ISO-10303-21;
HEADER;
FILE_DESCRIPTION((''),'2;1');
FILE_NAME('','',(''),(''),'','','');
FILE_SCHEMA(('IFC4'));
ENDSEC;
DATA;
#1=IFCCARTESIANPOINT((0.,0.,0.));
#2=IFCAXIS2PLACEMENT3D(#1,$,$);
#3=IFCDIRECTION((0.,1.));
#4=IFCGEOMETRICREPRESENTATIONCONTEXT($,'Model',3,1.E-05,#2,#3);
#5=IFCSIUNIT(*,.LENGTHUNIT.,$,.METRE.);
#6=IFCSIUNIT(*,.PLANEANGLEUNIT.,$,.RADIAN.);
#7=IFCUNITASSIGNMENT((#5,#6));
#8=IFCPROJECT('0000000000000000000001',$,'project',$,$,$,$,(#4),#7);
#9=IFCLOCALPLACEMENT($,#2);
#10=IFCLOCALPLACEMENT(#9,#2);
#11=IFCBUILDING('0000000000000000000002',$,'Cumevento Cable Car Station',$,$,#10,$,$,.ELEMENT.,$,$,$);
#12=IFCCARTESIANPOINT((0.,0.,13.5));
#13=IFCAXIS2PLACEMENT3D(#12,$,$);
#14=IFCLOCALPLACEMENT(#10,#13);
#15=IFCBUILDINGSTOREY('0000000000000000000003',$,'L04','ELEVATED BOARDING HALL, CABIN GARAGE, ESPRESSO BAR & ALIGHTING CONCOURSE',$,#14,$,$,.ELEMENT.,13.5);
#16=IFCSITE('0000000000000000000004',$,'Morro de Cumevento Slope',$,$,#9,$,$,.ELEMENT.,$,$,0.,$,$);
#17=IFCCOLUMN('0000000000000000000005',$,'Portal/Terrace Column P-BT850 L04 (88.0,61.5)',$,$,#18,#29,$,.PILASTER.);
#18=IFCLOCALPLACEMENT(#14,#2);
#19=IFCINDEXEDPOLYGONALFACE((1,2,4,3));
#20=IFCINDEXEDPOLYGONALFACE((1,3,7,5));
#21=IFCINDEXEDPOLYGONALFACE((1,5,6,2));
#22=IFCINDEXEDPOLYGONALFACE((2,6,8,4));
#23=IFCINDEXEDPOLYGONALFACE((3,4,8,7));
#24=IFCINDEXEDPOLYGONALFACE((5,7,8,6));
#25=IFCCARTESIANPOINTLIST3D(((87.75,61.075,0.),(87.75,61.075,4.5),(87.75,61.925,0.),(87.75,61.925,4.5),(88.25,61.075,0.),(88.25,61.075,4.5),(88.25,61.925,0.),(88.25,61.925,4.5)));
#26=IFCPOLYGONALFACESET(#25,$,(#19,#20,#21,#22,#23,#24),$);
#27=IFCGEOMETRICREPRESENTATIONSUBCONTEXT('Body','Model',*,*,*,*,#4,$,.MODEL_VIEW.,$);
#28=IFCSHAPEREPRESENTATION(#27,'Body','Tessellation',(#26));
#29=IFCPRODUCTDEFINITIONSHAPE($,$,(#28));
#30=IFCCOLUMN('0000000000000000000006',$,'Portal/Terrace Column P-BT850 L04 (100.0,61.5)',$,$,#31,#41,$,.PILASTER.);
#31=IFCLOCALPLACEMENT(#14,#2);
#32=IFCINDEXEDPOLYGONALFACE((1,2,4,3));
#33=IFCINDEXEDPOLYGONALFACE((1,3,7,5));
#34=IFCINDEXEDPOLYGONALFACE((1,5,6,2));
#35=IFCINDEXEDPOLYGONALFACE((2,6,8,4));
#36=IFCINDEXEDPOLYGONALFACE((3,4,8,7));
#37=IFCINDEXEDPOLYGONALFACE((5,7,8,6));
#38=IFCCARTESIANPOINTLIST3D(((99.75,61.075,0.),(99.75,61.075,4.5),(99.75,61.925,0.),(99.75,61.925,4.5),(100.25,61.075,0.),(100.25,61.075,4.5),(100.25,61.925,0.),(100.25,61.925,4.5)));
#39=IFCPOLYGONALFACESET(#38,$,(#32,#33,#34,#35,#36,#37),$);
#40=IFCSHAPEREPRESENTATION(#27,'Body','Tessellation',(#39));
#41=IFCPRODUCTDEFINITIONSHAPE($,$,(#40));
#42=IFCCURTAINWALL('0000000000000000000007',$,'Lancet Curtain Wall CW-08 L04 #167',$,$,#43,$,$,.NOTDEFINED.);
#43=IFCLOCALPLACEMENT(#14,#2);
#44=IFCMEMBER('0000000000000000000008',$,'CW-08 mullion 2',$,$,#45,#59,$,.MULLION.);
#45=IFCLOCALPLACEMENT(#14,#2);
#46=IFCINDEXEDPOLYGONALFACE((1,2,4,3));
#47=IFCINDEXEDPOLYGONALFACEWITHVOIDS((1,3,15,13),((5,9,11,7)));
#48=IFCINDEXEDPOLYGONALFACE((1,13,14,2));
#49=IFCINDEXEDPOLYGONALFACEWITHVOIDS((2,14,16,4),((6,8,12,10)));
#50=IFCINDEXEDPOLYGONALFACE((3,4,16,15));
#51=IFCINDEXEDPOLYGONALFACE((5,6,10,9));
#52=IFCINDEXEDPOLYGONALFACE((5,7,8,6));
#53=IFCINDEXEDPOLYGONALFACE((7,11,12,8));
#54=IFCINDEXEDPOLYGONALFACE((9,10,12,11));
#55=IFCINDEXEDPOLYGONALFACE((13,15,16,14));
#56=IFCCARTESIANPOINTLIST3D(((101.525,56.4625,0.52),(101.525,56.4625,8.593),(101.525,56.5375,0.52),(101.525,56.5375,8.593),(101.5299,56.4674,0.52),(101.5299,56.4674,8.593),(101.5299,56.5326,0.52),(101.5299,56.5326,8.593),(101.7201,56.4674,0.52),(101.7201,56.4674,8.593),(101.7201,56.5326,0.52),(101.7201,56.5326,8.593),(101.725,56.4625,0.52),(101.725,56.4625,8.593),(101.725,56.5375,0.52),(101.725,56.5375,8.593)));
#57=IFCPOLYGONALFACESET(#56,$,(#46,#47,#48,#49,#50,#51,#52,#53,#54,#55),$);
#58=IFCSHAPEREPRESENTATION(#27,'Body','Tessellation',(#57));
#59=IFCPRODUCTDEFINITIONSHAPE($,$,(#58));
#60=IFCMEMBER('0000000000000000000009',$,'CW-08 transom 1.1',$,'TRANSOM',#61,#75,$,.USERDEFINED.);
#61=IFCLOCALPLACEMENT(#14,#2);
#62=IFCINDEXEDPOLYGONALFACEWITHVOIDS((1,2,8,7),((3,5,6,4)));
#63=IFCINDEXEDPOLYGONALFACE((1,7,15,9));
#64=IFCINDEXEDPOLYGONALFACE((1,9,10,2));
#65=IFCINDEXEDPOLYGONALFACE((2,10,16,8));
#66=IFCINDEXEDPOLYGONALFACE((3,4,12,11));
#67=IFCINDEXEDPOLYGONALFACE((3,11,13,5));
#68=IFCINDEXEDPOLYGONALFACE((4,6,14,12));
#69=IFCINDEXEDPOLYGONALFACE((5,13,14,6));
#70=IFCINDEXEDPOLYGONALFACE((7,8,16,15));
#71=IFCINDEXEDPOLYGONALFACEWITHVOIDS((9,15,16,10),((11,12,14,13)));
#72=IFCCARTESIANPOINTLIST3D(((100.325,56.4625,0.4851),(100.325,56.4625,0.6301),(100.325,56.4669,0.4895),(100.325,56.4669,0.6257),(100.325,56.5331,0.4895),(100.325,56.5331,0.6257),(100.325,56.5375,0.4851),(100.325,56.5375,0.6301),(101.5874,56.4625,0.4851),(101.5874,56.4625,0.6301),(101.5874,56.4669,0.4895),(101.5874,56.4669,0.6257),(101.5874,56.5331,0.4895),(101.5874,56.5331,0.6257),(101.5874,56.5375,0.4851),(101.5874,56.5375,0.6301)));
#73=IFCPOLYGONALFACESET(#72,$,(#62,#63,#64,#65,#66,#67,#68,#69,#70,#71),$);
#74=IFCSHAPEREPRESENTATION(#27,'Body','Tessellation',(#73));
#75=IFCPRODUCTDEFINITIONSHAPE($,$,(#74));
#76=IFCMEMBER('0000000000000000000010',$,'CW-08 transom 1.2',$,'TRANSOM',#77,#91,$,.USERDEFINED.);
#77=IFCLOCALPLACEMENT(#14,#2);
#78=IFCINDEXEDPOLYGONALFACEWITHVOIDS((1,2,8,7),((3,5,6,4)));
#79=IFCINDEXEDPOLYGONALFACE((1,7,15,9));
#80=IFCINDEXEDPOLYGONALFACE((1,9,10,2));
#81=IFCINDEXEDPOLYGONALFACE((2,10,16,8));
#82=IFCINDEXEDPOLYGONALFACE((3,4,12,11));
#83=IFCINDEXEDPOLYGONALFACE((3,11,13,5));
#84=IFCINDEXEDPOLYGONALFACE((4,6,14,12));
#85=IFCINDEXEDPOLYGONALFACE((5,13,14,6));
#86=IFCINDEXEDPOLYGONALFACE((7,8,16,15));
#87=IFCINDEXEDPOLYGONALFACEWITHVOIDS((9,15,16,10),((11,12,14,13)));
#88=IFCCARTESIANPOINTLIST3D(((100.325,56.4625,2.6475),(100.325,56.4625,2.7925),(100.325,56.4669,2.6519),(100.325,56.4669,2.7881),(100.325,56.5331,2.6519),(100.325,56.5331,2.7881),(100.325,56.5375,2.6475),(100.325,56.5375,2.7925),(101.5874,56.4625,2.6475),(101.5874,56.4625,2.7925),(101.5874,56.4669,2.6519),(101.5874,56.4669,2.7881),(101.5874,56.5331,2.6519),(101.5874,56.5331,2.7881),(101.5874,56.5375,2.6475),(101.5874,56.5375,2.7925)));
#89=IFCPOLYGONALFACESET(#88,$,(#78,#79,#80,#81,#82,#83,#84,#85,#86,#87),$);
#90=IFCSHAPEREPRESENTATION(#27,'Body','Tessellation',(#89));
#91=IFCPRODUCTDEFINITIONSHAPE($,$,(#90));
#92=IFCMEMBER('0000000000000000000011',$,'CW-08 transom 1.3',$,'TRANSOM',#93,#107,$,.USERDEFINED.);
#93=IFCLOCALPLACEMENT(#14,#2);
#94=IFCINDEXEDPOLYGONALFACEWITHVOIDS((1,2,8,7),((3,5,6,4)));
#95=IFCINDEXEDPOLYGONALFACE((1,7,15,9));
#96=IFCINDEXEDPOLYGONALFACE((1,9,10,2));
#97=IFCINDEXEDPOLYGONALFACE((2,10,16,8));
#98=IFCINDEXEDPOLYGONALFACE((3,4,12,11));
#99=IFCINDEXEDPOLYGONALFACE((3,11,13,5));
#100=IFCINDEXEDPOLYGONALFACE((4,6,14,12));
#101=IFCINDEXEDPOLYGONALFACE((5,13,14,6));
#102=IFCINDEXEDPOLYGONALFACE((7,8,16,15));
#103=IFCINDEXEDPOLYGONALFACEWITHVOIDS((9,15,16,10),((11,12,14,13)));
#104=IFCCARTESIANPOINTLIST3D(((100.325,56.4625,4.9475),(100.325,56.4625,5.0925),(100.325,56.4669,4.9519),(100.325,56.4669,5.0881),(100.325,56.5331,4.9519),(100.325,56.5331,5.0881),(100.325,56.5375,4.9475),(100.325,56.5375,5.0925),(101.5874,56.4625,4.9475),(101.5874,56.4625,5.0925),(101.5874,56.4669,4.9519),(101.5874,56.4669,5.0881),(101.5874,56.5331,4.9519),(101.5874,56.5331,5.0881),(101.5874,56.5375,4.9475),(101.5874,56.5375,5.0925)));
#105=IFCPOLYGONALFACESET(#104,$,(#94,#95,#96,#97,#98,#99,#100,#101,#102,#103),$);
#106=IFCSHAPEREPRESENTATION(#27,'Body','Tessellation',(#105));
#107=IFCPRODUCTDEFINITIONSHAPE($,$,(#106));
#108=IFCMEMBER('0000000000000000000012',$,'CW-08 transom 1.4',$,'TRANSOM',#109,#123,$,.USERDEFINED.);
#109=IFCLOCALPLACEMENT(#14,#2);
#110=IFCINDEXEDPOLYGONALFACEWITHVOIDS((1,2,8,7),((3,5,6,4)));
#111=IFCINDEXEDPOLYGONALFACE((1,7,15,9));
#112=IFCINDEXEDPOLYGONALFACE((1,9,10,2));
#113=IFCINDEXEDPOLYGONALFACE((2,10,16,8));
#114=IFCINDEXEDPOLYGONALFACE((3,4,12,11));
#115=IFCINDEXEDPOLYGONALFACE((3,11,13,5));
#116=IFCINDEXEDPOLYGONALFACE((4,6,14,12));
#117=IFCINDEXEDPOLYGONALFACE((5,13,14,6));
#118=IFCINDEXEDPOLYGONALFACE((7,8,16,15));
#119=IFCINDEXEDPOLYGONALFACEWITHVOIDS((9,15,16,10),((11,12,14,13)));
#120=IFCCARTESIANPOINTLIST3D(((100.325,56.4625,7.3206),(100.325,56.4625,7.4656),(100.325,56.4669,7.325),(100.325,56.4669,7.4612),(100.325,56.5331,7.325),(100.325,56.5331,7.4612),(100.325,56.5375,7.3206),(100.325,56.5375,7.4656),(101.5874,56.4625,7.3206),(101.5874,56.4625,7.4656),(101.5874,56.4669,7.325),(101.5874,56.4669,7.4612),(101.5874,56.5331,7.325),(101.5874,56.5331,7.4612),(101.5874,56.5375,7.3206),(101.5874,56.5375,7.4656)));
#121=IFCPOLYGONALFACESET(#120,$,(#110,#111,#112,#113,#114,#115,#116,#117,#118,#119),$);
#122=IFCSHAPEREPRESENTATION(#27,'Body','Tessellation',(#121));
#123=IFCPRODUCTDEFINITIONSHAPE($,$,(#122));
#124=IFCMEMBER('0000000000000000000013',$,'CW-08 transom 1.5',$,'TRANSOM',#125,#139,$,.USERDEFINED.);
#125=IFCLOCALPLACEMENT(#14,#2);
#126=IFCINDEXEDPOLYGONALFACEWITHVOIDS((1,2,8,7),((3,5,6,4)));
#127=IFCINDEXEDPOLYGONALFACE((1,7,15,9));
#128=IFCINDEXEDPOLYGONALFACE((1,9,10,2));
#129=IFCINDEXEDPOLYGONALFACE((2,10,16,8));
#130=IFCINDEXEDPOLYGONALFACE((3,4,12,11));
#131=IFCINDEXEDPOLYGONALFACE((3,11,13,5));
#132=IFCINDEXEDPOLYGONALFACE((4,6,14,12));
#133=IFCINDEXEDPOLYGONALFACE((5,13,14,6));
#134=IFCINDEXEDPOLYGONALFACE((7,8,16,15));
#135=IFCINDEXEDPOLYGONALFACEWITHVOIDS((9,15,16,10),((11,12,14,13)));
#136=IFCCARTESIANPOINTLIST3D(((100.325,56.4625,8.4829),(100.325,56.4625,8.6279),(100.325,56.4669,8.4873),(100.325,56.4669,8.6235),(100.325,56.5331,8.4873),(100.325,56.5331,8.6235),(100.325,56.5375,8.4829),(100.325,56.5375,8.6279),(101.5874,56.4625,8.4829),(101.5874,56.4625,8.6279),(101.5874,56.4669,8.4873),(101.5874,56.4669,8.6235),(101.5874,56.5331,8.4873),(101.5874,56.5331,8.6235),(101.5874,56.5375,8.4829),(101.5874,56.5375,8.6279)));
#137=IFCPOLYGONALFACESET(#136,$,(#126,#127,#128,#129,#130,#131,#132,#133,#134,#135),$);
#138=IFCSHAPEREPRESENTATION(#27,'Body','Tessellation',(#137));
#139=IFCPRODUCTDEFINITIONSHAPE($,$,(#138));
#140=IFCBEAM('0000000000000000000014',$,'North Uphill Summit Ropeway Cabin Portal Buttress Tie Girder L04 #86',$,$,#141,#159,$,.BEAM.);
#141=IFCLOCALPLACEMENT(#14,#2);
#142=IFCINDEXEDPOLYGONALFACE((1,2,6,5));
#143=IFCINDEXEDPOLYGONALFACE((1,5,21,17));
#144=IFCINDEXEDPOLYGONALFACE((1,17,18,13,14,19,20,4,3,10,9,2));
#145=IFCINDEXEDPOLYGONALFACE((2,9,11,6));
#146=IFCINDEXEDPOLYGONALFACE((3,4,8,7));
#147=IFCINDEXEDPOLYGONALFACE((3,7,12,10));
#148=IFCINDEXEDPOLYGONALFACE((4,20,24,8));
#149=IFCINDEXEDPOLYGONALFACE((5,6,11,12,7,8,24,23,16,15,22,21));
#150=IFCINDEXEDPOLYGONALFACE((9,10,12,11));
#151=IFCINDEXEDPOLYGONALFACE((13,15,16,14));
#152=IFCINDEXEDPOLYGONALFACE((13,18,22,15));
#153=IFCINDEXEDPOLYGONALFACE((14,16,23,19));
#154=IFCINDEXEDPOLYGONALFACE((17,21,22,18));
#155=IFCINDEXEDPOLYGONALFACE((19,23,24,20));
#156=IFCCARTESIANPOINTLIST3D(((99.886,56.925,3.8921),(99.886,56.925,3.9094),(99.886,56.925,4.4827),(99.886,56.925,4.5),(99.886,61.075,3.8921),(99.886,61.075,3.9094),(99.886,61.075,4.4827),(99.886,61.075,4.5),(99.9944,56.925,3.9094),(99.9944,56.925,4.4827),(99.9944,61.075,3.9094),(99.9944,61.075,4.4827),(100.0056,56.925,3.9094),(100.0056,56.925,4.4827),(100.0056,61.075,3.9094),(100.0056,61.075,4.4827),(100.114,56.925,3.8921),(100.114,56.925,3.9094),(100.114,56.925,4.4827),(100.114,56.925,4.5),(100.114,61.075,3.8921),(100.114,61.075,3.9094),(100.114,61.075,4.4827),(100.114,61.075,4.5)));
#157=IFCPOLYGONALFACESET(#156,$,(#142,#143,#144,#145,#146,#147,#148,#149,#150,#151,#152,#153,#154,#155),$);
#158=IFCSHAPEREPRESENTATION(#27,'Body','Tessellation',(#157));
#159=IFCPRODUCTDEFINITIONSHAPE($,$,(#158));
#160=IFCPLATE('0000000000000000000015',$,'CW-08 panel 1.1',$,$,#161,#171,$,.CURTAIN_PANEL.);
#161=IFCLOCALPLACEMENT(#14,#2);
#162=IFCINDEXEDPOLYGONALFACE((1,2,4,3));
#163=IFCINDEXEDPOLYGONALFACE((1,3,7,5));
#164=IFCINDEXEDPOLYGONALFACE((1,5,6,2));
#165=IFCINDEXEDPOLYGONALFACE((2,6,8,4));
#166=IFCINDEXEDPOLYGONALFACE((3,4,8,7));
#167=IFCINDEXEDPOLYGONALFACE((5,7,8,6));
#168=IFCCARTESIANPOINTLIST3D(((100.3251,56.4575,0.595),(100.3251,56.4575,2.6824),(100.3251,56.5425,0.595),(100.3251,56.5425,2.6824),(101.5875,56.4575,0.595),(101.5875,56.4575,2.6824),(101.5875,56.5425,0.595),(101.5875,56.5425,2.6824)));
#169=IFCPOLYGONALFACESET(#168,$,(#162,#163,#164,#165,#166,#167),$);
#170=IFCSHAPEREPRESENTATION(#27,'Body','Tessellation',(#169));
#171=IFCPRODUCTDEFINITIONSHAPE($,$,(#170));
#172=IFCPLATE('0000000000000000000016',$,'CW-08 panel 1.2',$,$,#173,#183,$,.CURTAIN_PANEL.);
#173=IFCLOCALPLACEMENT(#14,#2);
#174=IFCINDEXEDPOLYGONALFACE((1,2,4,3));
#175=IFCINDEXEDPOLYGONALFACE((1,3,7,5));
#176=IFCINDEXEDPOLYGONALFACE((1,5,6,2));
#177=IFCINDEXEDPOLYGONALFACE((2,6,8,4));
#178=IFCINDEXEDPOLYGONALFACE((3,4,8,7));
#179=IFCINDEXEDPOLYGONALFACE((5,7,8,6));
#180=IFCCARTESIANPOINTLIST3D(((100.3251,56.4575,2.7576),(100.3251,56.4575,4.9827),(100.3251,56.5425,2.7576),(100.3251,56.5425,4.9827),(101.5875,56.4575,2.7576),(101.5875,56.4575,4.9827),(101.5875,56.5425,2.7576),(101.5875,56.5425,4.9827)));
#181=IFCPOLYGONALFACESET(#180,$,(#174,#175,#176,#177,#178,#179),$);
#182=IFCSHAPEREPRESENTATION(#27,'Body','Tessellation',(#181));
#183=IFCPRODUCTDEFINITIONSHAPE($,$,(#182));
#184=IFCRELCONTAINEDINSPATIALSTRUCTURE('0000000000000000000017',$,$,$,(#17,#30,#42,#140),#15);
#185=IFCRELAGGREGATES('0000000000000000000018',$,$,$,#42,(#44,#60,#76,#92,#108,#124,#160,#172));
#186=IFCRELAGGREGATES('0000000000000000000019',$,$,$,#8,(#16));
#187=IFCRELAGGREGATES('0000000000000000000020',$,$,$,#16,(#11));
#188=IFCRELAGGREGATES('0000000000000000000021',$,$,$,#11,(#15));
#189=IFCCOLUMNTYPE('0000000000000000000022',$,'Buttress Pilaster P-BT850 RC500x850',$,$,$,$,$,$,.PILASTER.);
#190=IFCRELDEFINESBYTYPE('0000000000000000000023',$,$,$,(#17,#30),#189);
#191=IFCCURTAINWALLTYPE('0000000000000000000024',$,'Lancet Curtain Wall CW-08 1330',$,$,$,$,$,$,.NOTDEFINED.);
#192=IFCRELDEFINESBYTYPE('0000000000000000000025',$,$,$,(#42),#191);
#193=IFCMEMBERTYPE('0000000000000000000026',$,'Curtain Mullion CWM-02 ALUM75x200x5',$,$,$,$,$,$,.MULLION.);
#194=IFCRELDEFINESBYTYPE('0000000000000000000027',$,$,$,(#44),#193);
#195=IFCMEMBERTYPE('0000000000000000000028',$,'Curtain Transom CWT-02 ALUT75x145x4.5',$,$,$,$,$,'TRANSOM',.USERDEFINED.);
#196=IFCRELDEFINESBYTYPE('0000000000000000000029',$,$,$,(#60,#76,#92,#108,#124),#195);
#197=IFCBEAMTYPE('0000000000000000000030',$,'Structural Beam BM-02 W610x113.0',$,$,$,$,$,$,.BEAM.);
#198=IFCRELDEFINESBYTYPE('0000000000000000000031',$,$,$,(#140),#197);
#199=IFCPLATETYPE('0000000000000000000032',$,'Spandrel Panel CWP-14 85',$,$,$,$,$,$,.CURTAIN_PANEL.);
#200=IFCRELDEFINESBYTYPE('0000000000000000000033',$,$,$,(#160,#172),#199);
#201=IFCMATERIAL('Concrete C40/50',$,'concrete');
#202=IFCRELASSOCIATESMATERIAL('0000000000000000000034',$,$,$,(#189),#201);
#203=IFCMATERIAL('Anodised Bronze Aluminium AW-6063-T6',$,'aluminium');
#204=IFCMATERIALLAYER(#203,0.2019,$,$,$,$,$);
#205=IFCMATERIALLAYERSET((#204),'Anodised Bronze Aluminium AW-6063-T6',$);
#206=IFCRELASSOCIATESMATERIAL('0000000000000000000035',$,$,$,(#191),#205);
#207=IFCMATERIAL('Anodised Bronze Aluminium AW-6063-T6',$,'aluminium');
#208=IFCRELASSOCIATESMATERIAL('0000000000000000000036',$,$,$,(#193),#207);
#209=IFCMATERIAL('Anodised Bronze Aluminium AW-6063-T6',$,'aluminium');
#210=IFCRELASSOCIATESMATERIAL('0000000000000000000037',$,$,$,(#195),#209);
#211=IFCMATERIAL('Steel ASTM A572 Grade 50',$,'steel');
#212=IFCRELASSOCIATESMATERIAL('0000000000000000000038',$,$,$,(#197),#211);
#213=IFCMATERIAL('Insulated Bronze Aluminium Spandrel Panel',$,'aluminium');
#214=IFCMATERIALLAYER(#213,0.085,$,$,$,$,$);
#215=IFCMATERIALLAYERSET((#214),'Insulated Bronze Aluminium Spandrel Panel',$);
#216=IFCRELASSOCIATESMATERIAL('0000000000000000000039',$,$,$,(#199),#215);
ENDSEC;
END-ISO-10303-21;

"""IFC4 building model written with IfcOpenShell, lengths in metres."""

from ifc_helpers import new_model, si_unit, direction, frame, origin, origin_2d, place, context, subcontext, project, spatial, rectangle, hollow_rectangle, i_section, extrude, material, layer, layer_set, material_profile, profile_set, type_object, element, aggregate, save


model = new_model("IFC4")

# Units and contexts
model_context = context("Model", 3, precision=1e-05, world=origin(), true_north=direction((0.0, 1.0)))
body_context = subcontext(model_context, "Body", "Model", "MODEL_VIEW")
ifc_project = project(units=[si_unit("LENGTHUNIT", "METRE"), si_unit("PLANEANGLEUNIT", "RADIAN")], contexts=[model_context])

# Site, building, storey
site_placement = place(None, origin())
site = spatial("IfcSite", under=ifc_project, at=site_placement, Name="Morro de Cumevento Slope", CompositionType="ELEMENT", RefElevation=0.0)
building_placement = place(site_placement, origin())
building = spatial("IfcBuilding", under=site, at=building_placement, Name="Cumevento Cable Car Station", CompositionType="ELEMENT")
storey_placement = place(building_placement, frame((0.0, 0.0, 13.5)))
storey = spatial("IfcBuildingStorey", under=building, at=storey_placement, Name="L04", Description="ELEVATED BOARDING HALL, CABIN GARAGE, ESPRESSO BAR & ALIGHTING CONCOURSE", CompositionType="ELEMENT", Elevation=13.5)

# Columns
ifc_material_1 = material(Name="Concrete C40/50", Category="concrete")
ifc_material_profile_1 = material_profile(ifc_material_1, rectangle(XDim=0.5, YDim=0.8501, at=origin_2d()), Name="RC500x850")
ifc_profile_set_1 = profile_set([ifc_material_profile_1], Name="Concrete C40/50")
column_type = type_object("IfcColumnType", Name="Buttress Pilaster P-BT850 RC500x850", PredefinedType="PILASTER", material=ifc_profile_set_1)
for number, where, z_axis, x_axis, name in (
    (1, (88.0, 61.5, 0.0), (0.0, 0.0, 1.0), (1.0, 0.0, 0.0), "Portal/Terrace Column P-BT850 L04 (88.0,61.5)"),
    (2, (100.0, 61.5, 0.0), (0.0, 0.0, 1.0), (1.0, 0.0, 0.0), "Portal/Terrace Column P-BT850 L04 (100.0,61.5)"),
):
    element("IfcColumn", number, at=place(storey_placement, frame(where, z_axis=z_axis, x_axis=x_axis)), inside=storey, type_object=column_type, Name=name, PredefinedType="PILASTER", context=body_context, shape_type="SweptSolid", body=[
        extrude(rectangle(XDim=0.5, YDim=0.8501, at=origin_2d()), origin(), (0.0, 0.0, 1.0), 4.5),
    ])

# Curtain wall, members
ifc_material_2 = material(Name="Anodised Bronze Aluminium AW-6063-T6", Category="aluminium")
ifc_layer_1 = layer(ifc_material_2, 0.2019)
ifc_layer_set_1 = layer_set([ifc_layer_1], Name="Anodised Bronze Aluminium AW-6063-T6")
curtain_wall_type = type_object("IfcCurtainWallType", Name="Lancet Curtain Wall CW-08 1330", PredefinedType="NOTDEFINED", material=ifc_layer_set_1)
curtain_wall_placement = place(storey_placement, origin())
curtain_wall = element("IfcCurtainWall", 3, at=curtain_wall_placement, inside=storey, type_object=curtain_wall_type, Name="Lancet Curtain Wall CW-08 L04 #167", PredefinedType="NOTDEFINED")
ifc_material_3 = material(Name="Anodised Bronze Aluminium AW-6063-T6", Category="aluminium")
ifc_material_profile_2 = material_profile(ifc_material_3, hollow_rectangle(XDim=0.075, YDim=0.2, WallThickness=0.0049, at=origin_2d()), Name="ALUM75x200x5")
ifc_profile_set_2 = profile_set([ifc_material_profile_2], Name="Anodised Bronze Aluminium AW-6063-T6")
member_type_1 = type_object("IfcMemberType", Name="Curtain Mullion CWM-02 ALUM75x200x5", PredefinedType="MULLION", material=ifc_profile_set_2)
member_1_placement = place(storey_placement, frame((101.625, 56.5, 0.52), z_axis=(0.0, 0.0, 1.0), x_axis=(0.0, 1.0, 0.0)))
member_1 = element("IfcMember", 4, at=member_1_placement, type_object=member_type_1, Name="CW-08 mullion 2", PredefinedType="MULLION", context=body_context, shape_type="SweptSolid", body=[
    extrude(hollow_rectangle(XDim=0.075, YDim=0.2, WallThickness=0.0049, at=origin_2d()), origin(), (0.0, 0.0, 1.0), 8.073),
])
ifc_material_4 = material(Name="Anodised Bronze Aluminium AW-6063-T6", Category="aluminium")
ifc_material_profile_3 = material_profile(ifc_material_4, hollow_rectangle(XDim=0.075, YDim=0.145, WallThickness=0.0044, at=origin_2d()), Name="ALUT75x145x4.5")
ifc_profile_set_3 = profile_set([ifc_material_profile_3], Name="Anodised Bronze Aluminium AW-6063-T6")
member_type_2 = type_object("IfcMemberType", Name="Curtain Transom CWT-02 ALUT75x145x4.5", ElementType="TRANSOM", PredefinedType="USERDEFINED", material=ifc_profile_set_3)
member_2_placement = place(storey_placement, frame((100.325, 56.5, 0.5576), z_axis=(1.0, 0.0, 0.0), x_axis=(0.0, 1.0, 0.0)))
member_2 = element("IfcMember", 5, at=member_2_placement, type_object=member_type_2, Name="CW-08 transom 1.1", ObjectType="TRANSOM", PredefinedType="USERDEFINED", context=body_context, shape_type="SweptSolid", body=[
    extrude(hollow_rectangle(XDim=0.075, YDim=0.145, WallThickness=0.0044, at=origin_2d()), origin(), (0.0, 0.0, 1.0), 1.2625),
])
member_3_placement = place(storey_placement, frame((100.325, 56.5, 2.72), z_axis=(1.0, 0.0, 0.0), x_axis=(0.0, 1.0, 0.0)))
member_3 = element("IfcMember", 6, at=member_3_placement, type_object=member_type_2, Name="CW-08 transom 1.2", ObjectType="TRANSOM", PredefinedType="USERDEFINED", context=body_context, shape_type="SweptSolid", body=[
    extrude(hollow_rectangle(XDim=0.075, YDim=0.145, WallThickness=0.0044, at=origin_2d()), origin(), (0.0, 0.0, 1.0), 1.2625),
])
member_4_placement = place(storey_placement, frame((100.325, 56.5, 5.02), z_axis=(1.0, 0.0, 0.0), x_axis=(0.0, 1.0, 0.0)))
member_4 = element("IfcMember", 7, at=member_4_placement, type_object=member_type_2, Name="CW-08 transom 1.3", ObjectType="TRANSOM", PredefinedType="USERDEFINED", context=body_context, shape_type="SweptSolid", body=[
    extrude(hollow_rectangle(XDim=0.075, YDim=0.145, WallThickness=0.0044, at=origin_2d()), origin(), (0.0, 0.0, 1.0), 1.2625),
])
member_5_placement = place(storey_placement, frame((100.325, 56.5, 7.3931), z_axis=(1.0, 0.0, 0.0), x_axis=(0.0, 1.0, 0.0)))
member_5 = element("IfcMember", 8, at=member_5_placement, type_object=member_type_2, Name="CW-08 transom 1.4", ObjectType="TRANSOM", PredefinedType="USERDEFINED", context=body_context, shape_type="SweptSolid", body=[
    extrude(hollow_rectangle(XDim=0.075, YDim=0.145, WallThickness=0.0044, at=origin_2d()), origin(), (0.0, 0.0, 1.0), 1.2625),
])
member_6_placement = place(storey_placement, frame((100.325, 56.5, 8.5554), z_axis=(1.0, 0.0, 0.0), x_axis=(0.0, 1.0, 0.0)))
member_6 = element("IfcMember", 9, at=member_6_placement, type_object=member_type_2, Name="CW-08 transom 1.5", ObjectType="TRANSOM", PredefinedType="USERDEFINED", context=body_context, shape_type="SweptSolid", body=[
    extrude(hollow_rectangle(XDim=0.075, YDim=0.145, WallThickness=0.0044, at=origin_2d()), origin(), (0.0, 0.0, 1.0), 1.2625),
])

# Beam
ifc_material_5 = material(Name="Steel ASTM A572 Grade 50", Category="steel")
ifc_material_profile_4 = material_profile(ifc_material_5, i_section(OverallWidth=0.228, OverallDepth=0.6079, WebThickness=0.0112, FlangeThickness=0.0173, at=origin_2d()), Name="W610x113.0")
ifc_profile_set_4 = profile_set([ifc_material_profile_4], Name="Steel ASTM A572 Grade 50")
beam_type = type_object("IfcBeamType", Name="Structural Beam BM-02 W610x113.0", PredefinedType="BEAM", material=ifc_profile_set_4)
beam_placement = place(storey_placement, frame((100.0, 56.925, 4.196), z_axis=(0.0, 1.0, 0.0), x_axis=(-1.0, 0.0, 0.0)))
element("IfcBeam", 10, at=beam_placement, inside=storey, type_object=beam_type, Name="North Uphill Summit Ropeway Cabin Portal Buttress Tie Girder L04 #86", PredefinedType="BEAM", context=body_context, shape_type="SweptSolid", body=[
    extrude(i_section(OverallWidth=0.228, OverallDepth=0.6079, WebThickness=0.0112, FlangeThickness=0.0173, at=origin_2d()), origin(), (0.0, 0.0, 1.0), 4.1499),
])

# Plates
ifc_material_6 = material(Name="Insulated Bronze Aluminium Spandrel Panel", Category="aluminium")
ifc_layer_2 = layer(ifc_material_6, 0.085)
ifc_layer_set_2 = layer_set([ifc_layer_2], Name="Insulated Bronze Aluminium Spandrel Panel")
plate_type = type_object("IfcPlateType", Name="Spandrel Panel CWP-14 85", PredefinedType="CURTAIN_PANEL", material=ifc_layer_set_2)
plate_1_placement = place(storey_placement, frame((100.9563, 56.5, 0.595), z_axis=(0.0, 0.0, 1.0), x_axis=(1.0, 0.0, 0.0)))
plate_1 = element("IfcPlate", 11, at=plate_1_placement, type_object=plate_type, Name="CW-08 panel 1.1", PredefinedType="CURTAIN_PANEL", context=body_context, shape_type="SweptSolid", body=[
    extrude(rectangle(XDim=1.2625, YDim=0.085, at=origin_2d()), origin(), (0.0, 0.0, 1.0), 2.0874),
])
plate_2_placement = place(storey_placement, frame((100.9563, 56.5, 2.7576), z_axis=(0.0, 0.0, 1.0), x_axis=(1.0, 0.0, 0.0)))
plate_2 = element("IfcPlate", 12, at=plate_2_placement, type_object=plate_type, Name="CW-08 panel 1.2", PredefinedType="CURTAIN_PANEL", context=body_context, shape_type="SweptSolid", body=[
    extrude(rectangle(XDim=1.2625, YDim=0.085, at=origin_2d()), origin(), (0.0, 0.0, 1.0), 2.2251),
])
aggregate(curtain_wall, [member_1, member_2, member_3, member_4, member_5, member_6, plate_1, plate_2])

save(model, "model.ifc")
